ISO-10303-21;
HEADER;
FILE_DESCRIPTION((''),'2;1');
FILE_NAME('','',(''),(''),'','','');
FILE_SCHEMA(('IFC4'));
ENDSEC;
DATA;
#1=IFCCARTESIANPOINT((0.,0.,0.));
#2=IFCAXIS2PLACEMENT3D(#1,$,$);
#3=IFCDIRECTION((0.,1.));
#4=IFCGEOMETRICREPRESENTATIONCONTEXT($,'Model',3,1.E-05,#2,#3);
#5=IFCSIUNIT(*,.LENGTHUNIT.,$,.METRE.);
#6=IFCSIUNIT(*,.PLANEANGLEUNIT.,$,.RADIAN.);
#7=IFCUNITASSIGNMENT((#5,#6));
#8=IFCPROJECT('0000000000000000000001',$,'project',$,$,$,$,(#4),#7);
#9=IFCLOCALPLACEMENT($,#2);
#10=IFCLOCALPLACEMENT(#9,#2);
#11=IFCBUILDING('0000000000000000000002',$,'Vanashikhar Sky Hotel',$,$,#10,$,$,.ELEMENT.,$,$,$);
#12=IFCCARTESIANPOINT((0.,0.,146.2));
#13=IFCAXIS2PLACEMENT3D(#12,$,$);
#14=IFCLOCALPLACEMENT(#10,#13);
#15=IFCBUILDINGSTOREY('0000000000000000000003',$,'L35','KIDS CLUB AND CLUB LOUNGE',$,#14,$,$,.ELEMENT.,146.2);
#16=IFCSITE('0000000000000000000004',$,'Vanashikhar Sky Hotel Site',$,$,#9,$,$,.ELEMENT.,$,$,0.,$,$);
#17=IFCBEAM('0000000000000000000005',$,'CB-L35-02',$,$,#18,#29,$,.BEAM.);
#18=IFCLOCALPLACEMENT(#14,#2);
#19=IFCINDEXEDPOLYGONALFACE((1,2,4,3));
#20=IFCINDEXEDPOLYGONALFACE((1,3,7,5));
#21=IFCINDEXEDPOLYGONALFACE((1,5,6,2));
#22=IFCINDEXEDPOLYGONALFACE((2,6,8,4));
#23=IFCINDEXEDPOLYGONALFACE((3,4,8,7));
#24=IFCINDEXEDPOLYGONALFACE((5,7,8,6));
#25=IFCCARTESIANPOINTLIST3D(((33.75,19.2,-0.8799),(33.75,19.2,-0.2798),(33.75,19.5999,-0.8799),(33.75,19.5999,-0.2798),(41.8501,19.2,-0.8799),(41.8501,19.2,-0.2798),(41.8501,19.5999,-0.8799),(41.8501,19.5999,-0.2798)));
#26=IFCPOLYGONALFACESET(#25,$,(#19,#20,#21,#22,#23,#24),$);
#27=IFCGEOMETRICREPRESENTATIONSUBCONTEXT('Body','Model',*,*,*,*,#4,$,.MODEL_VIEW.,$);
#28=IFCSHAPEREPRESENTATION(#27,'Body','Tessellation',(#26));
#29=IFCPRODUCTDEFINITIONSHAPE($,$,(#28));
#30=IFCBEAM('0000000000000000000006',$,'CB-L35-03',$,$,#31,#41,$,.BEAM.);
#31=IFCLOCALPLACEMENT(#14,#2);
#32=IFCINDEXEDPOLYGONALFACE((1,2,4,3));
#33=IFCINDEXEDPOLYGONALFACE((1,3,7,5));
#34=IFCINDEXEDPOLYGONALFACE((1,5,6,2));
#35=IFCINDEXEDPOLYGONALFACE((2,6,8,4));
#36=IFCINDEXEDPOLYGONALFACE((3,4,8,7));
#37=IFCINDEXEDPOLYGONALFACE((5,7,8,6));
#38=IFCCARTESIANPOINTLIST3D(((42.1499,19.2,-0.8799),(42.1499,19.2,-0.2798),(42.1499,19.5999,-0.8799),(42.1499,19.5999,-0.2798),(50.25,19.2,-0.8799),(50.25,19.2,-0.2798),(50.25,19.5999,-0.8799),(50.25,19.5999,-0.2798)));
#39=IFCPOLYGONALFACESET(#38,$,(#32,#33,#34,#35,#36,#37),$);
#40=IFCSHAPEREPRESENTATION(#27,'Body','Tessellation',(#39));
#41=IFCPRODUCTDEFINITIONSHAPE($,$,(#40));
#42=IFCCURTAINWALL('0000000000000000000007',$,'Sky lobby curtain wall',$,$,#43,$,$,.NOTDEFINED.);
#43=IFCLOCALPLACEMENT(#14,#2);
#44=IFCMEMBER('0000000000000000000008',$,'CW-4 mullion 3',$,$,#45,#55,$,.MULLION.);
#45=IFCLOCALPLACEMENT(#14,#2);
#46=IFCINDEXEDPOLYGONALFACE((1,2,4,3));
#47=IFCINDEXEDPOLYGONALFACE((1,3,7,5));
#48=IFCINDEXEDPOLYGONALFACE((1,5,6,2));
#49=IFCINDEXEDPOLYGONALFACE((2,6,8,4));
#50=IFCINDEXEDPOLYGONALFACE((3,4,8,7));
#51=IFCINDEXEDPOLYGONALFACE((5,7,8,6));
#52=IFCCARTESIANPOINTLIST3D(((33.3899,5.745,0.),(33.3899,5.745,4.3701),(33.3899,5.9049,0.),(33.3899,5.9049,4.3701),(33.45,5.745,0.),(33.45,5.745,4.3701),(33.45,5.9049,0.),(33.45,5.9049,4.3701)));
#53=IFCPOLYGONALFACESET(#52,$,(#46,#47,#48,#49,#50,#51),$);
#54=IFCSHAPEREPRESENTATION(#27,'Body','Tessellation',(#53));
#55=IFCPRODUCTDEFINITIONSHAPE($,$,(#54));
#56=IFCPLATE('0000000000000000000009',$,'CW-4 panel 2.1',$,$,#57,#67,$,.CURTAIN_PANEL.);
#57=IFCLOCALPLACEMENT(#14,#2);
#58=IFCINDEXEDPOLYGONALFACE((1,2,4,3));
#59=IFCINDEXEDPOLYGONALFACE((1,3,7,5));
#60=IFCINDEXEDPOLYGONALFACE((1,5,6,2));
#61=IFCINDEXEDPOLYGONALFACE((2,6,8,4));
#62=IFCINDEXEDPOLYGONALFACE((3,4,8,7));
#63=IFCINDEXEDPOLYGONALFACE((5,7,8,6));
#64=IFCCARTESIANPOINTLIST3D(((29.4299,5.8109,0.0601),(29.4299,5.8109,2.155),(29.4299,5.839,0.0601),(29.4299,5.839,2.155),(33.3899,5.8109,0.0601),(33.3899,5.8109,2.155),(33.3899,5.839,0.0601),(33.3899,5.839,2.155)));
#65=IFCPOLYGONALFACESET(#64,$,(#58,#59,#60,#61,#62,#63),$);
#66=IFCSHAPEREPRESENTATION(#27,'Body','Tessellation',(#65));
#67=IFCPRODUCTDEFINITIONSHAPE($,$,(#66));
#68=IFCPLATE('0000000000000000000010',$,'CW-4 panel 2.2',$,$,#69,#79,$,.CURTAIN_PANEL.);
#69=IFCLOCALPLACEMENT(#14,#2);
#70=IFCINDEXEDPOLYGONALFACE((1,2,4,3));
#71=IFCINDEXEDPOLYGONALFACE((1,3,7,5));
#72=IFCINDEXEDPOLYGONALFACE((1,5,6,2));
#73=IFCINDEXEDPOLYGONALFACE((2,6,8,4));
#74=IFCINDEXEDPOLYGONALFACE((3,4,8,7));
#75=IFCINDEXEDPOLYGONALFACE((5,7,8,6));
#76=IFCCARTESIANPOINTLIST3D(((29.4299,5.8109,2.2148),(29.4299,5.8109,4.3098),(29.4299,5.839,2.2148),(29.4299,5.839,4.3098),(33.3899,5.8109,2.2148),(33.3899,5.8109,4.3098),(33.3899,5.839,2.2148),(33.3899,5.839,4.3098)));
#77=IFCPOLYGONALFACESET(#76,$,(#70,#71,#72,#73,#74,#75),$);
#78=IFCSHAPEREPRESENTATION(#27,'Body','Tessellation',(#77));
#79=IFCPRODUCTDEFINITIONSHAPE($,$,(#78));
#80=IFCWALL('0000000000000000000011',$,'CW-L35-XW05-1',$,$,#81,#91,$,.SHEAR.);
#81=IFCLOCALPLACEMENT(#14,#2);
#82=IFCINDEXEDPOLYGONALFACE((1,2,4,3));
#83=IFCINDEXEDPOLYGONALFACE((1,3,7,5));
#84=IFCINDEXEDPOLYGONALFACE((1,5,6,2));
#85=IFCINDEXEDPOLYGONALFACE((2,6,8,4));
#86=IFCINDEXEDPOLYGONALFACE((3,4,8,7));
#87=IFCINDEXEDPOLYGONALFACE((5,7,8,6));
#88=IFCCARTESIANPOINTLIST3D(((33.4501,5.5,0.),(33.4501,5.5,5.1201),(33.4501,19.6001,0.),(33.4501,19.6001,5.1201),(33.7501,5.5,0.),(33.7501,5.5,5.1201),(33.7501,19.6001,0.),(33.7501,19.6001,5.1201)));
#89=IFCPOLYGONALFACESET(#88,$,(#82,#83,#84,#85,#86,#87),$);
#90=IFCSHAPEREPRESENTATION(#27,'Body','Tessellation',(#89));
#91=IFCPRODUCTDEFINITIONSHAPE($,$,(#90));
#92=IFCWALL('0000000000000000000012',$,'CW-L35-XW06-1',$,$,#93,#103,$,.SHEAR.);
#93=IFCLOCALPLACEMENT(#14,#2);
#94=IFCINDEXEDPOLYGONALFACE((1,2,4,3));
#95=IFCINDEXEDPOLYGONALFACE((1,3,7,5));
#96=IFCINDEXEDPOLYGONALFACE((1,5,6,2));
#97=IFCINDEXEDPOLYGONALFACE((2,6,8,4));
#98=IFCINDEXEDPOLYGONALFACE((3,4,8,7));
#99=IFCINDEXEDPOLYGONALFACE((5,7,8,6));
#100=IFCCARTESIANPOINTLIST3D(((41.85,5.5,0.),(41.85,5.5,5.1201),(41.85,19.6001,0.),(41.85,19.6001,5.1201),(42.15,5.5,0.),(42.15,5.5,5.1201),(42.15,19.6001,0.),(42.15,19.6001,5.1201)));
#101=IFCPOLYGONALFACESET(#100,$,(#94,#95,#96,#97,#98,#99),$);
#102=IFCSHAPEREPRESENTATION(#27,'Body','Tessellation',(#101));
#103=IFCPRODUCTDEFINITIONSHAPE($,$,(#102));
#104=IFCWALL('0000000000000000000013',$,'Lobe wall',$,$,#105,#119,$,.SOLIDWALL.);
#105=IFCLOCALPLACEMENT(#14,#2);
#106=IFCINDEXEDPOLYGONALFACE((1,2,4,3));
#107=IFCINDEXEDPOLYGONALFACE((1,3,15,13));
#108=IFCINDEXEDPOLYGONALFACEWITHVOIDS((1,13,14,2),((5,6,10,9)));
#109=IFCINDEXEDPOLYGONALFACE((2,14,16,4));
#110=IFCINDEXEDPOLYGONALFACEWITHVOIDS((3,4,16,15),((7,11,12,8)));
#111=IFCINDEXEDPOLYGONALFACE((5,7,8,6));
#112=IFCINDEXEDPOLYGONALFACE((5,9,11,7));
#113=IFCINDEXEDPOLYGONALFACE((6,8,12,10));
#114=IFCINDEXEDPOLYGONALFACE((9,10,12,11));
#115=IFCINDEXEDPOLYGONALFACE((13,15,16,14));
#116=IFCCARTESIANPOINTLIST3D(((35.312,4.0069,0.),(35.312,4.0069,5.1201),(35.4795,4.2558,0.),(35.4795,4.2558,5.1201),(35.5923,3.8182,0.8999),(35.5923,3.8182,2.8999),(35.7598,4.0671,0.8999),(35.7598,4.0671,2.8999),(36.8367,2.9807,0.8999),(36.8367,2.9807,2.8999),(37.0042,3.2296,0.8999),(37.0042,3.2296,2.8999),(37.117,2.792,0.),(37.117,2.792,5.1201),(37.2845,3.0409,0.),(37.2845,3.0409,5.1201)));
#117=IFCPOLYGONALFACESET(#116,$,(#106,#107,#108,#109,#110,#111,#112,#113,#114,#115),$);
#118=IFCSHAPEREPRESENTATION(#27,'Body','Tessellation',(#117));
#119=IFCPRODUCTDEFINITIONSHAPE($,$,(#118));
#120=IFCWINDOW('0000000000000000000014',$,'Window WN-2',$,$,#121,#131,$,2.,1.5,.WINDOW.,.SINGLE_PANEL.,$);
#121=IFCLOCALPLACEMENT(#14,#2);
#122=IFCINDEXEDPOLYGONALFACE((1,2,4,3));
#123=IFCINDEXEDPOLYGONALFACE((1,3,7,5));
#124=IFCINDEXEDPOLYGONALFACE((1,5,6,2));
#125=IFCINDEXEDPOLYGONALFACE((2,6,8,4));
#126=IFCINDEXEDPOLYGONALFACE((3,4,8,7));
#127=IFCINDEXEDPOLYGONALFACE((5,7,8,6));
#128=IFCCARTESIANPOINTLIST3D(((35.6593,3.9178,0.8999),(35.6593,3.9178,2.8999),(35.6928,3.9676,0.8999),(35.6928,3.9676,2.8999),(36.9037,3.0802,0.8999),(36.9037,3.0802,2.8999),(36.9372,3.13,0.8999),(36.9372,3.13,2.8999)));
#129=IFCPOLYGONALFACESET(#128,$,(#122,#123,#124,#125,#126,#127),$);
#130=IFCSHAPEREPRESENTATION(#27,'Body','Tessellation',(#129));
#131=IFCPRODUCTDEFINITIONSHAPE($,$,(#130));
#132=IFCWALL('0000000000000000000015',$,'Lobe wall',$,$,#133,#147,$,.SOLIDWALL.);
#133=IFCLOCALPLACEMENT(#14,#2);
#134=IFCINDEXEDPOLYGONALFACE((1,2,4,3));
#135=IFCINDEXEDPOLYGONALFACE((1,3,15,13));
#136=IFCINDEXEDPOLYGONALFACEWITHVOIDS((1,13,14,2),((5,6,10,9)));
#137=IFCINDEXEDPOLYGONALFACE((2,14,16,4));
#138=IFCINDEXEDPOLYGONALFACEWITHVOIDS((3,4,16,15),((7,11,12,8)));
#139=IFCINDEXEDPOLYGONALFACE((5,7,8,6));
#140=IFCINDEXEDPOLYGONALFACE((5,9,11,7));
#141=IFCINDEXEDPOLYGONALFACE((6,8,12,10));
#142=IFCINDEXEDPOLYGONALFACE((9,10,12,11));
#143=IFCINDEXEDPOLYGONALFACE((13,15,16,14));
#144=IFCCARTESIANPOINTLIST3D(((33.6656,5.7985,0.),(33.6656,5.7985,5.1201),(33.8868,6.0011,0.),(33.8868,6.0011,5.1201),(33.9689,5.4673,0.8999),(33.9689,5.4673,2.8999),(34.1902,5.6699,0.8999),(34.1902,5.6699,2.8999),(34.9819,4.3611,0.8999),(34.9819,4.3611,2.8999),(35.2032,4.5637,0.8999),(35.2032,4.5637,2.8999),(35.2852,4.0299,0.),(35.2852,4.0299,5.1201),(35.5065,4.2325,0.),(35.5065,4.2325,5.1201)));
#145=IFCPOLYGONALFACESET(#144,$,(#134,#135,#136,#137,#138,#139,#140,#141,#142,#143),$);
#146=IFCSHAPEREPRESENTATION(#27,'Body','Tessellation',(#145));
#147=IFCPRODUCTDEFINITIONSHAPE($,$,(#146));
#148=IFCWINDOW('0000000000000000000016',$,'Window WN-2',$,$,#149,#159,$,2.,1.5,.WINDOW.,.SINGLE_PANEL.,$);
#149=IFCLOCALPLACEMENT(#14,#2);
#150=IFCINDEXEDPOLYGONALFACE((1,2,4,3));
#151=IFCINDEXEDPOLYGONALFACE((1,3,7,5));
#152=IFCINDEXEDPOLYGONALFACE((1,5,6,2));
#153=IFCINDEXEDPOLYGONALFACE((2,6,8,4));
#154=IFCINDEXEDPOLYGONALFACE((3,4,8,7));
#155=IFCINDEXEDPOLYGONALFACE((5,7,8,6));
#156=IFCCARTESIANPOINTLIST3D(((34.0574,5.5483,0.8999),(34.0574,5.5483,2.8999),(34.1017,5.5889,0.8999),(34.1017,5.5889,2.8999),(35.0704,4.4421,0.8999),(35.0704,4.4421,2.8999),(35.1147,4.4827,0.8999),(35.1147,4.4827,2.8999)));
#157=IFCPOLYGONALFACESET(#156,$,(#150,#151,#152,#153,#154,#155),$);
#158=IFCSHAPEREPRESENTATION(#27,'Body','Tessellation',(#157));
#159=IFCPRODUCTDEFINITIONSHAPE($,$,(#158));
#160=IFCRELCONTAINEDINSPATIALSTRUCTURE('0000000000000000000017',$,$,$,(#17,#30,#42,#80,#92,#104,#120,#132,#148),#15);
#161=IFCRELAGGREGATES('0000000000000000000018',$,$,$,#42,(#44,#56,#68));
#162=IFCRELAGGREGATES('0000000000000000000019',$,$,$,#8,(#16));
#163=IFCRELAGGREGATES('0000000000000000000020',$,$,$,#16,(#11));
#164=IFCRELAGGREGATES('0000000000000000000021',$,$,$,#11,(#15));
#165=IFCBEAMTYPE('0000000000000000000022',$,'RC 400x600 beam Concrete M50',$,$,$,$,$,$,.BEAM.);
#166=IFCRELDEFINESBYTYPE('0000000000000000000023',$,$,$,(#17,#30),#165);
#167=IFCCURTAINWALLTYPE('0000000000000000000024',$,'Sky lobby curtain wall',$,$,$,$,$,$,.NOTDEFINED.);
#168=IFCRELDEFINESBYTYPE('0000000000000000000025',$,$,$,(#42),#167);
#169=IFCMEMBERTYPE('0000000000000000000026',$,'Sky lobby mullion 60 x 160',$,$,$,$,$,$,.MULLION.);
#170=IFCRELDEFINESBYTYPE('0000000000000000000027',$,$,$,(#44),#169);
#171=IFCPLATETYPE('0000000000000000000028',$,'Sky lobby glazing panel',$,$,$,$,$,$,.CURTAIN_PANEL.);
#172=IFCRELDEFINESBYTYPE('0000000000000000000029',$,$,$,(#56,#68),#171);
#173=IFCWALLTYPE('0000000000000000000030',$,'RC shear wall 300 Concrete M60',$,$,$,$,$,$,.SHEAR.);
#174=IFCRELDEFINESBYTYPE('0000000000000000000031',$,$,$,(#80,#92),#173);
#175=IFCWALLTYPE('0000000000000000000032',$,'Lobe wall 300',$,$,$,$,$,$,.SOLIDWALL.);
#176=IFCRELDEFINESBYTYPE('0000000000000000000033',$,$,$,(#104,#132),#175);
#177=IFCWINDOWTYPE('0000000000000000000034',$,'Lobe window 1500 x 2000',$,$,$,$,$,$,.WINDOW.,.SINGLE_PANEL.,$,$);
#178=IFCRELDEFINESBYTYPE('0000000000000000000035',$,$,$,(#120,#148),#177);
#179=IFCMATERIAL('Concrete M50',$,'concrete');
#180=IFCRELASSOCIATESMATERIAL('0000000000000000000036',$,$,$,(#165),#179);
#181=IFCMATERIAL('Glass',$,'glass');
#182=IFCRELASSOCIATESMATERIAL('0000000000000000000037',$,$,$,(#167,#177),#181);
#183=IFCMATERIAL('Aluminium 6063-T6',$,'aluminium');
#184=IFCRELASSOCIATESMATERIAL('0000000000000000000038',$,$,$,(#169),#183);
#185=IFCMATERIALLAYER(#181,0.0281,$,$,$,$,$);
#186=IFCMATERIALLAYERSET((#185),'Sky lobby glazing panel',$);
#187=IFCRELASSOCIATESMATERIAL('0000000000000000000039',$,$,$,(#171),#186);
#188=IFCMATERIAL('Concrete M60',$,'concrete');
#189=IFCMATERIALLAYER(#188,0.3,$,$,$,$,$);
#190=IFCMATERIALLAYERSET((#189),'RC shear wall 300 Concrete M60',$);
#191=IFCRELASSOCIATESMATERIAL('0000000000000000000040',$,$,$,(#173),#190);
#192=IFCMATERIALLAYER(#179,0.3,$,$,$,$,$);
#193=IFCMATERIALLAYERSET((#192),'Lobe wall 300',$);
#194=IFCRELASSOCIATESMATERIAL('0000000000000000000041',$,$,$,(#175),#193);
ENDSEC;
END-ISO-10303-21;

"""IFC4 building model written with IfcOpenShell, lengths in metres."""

from ifc_helpers import new_model, si_unit, direction, frame, frame_2d, origin, origin_2d, place, context, subcontext, project, spatial, rectangle, extrude, source, transform, mapped, material, layer, layer_set, material_profile, profile_set, type_object, element, fill, aggregate, save


model = new_model("IFC4")

# Units and contexts
model_context = context("Model", 3, precision=1e-05, world=origin(), true_north=direction((0.0, 1.0)))
body_context = subcontext(model_context, "Body", "Model", "MODEL_VIEW")
ifc_project = project(units=[si_unit("LENGTHUNIT", "METRE"), si_unit("PLANEANGLEUNIT", "RADIAN")], contexts=[model_context])

# Site, building, storey
site_placement = place(None, origin())
site = spatial("IfcSite", under=ifc_project, at=site_placement, Name="Vanashikhar Sky Hotel Site", CompositionType="ELEMENT", RefElevation=0.0)
building_placement = place(site_placement, origin())
building = spatial("IfcBuilding", under=site, at=building_placement, Name="Vanashikhar Sky Hotel", CompositionType="ELEMENT")
storey_placement = place(building_placement, frame((0.0, 0.0, 146.2)))
storey = spatial("IfcBuildingStorey", under=building, at=storey_placement, Name="L35", Description="KIDS CLUB AND CLUB LOUNGE", CompositionType="ELEMENT", Elevation=146.2)

# Beams
ifc_material_1 = material(Name="Concrete M50", Category="concrete")
ifc_material_profile_1 = material_profile(ifc_material_1, rectangle(XDim=0.3999, YDim=0.6001, at=origin_2d()))
ifc_profile_set_1 = profile_set([ifc_material_profile_1], Name="RC 400x600 beam Concrete M50")
beam_type = type_object("IfcBeamType", Name="RC 400x600 beam Concrete M50", PredefinedType="BEAM", material=ifc_profile_set_1)
shared_shape_1 = source(origin(), body_context, "Body", "SweptSolid", [
    extrude(rectangle(XDim=0.3999, YDim=0.6001, at=origin_2d()), origin(), (0.0, 0.0, 1.0), 8.1001),
])
for number, where, z_axis, x_axis, name in (
    (1, (33.75, 19.3999, -0.5798), (1.0, 0.0, 0.0), (0.0, 1.0, 0.0), "CB-L35-02"),
    (2, (42.1499, 19.3999, -0.5798), (1.0, 0.0, 0.0), (0.0, 1.0, 0.0), "CB-L35-03"),
):
    element("IfcBeam", number, at=place(storey_placement, frame(where, z_axis=z_axis, x_axis=x_axis)), inside=storey, type_object=beam_type, Name=name, PredefinedType="BEAM", context=body_context, shape_type="MappedRepresentation", body=[
        mapped(shared_shape_1, transform((0.0, 0.0, 0.0), scale=1.0)),
    ])

# Curtain wall, member, plates
ifc_material_2 = material(Name="Glass", Category="glass")
curtain_wall_type = type_object("IfcCurtainWallType", Name="Sky lobby curtain wall", PredefinedType="NOTDEFINED", material=ifc_material_2)
curtain_wall_placement = place(storey_placement, origin())
curtain_wall = element("IfcCurtainWall", 3, at=curtain_wall_placement, inside=storey, type_object=curtain_wall_type, Name="Sky lobby curtain wall", PredefinedType="NOTDEFINED")
ifc_material_3 = material(Name="Aluminium 6063-T6", Category="aluminium")
ifc_material_profile_2 = material_profile(ifc_material_3, rectangle(XDim=0.1599, YDim=0.0601, at=origin_2d()))
ifc_profile_set_2 = profile_set([ifc_material_profile_2], Name="Aluminium 6063-T6")
member_type = type_object("IfcMemberType", Name="Sky lobby mullion 60 x 160", PredefinedType="MULLION", material=ifc_profile_set_2)
shared_shape_2 = source(origin(), body_context, "Body", "SweptSolid", [
    extrude(rectangle(XDim=0.1599, YDim=0.0601, at=origin_2d()), origin(), (0.0, 0.0, 1.0), 4.3701),
])
member_placement = place(storey_placement, frame((33.4199, 5.825, 0.0), z_axis=(0.0, 0.0, 1.0), x_axis=(0.0, 1.0, 0.0)))
member = element("IfcMember", 4, at=member_placement, type_object=member_type, Name="CW-4 mullion 3", PredefinedType="MULLION", context=body_context, shape_type="MappedRepresentation", body=[
    mapped(shared_shape_2, transform((0.0, 0.0, 0.0), scale=1.0)),
])
ifc_layer_1 = layer(ifc_material_2, 0.0281)
ifc_layer_set_1 = layer_set([ifc_layer_1], Name="Sky lobby glazing panel")
plate_type = type_object("IfcPlateType", Name="Sky lobby glazing panel", PredefinedType="CURTAIN_PANEL", material=ifc_layer_set_1)
shared_shape_3 = source(origin(), body_context, "Body", "SweptSolid", [
    extrude(rectangle(XDim=3.96, YDim=0.0281, at=origin_2d()), origin(), (0.0, 0.0, 1.0), 2.095),
])
plate_1_placement = place(storey_placement, frame((31.4099, 5.825, 0.0601), z_axis=(0.0, 0.0, 1.0), x_axis=(1.0, 0.0, 0.0)))
plate_1 = element("IfcPlate", 5, at=plate_1_placement, type_object=plate_type, Name="CW-4 panel 2.1", PredefinedType="CURTAIN_PANEL", context=body_context, shape_type="MappedRepresentation", body=[
    mapped(shared_shape_3, transform((0.0, 0.0, 0.0), scale=1.0)),
])
plate_2_placement = place(storey_placement, frame((31.4099, 5.825, 2.2148), z_axis=(0.0, 0.0, 1.0), x_axis=(1.0, 0.0, 0.0)))
plate_2 = element("IfcPlate", 6, at=plate_2_placement, type_object=plate_type, Name="CW-4 panel 2.2", PredefinedType="CURTAIN_PANEL", context=body_context, shape_type="MappedRepresentation", body=[
    mapped(shared_shape_3, transform((0.0, 0.0, 0.0), scale=1.0)),
])
aggregate(curtain_wall, [member, plate_1, plate_2])

# Walls
ifc_material_4 = material(Name="Concrete M60", Category="concrete")
ifc_layer_2 = layer(ifc_material_4, 0.3)
ifc_layer_set_2 = layer_set([ifc_layer_2], Name="RC shear wall 300 Concrete M60")
wall_type_1 = type_object("IfcWallType", Name="RC shear wall 300 Concrete M60", PredefinedType="SHEAR", material=ifc_layer_set_2)
shared_shape_4 = source(origin(), body_context, "Body", "SweptSolid", [
    extrude(rectangle(XDim=14.1001, YDim=0.3, at=frame_2d((7.05, 0.0))), origin(), (0.0, 0.0, 1.0), 5.1201),
])
for number, where, z_axis, x_axis, name in (
    (7, (33.6001, 5.5, 0.0), (0.0, 0.0, 1.0), (0.0, 1.0, 0.0), "CW-L35-XW05-1"),
    (8, (42.0, 5.5, 0.0), (0.0, 0.0, 1.0), (0.0, 1.0, 0.0), "CW-L35-XW06-1"),
):
    element("IfcWall", number, at=place(storey_placement, frame(where, z_axis=z_axis, x_axis=x_axis)), inside=storey, type_object=wall_type_1, Name=name, PredefinedType="SHEAR", context=body_context, shape_type="MappedRepresentation", body=[
        mapped(shared_shape_4, transform((0.0, 0.0, 0.0), scale=1.0)),
    ])

# Walls, openings, windows
ifc_layer_3 = layer(ifc_material_1, 0.3)
ifc_layer_set_3 = layer_set([ifc_layer_3], Name="Lobe wall 300")
wall_type_2 = type_object("IfcWallType", Name="Lobe wall 300", PredefinedType="SOLIDWALL", material=ifc_layer_set_3)
shared_shape_5 = source(origin(), body_context, "Body", "SweptSolid", [
    extrude(rectangle(XDim=2.1758, YDim=0.3, at=frame_2d((1.0879, 0.0))), origin(), (0.0, 0.0, 1.0), 5.1201),
])
wall_1_placement = place(storey_placement, frame((35.3958, 4.1313, 0.0), z_axis=(0.0, 0.0, 1.0), x_axis=(0.829591, -0.558372, 0.0)))
wall_1 = element("IfcWall", 9, at=wall_1_placement, inside=storey, type_object=wall_type_2, Name="Lobe wall", PredefinedType="SOLIDWALL", context=body_context, shape_type="MappedRepresentation", body=[
    mapped(shared_shape_5, transform((0.0, 0.0, 0.0), scale=1.0)),
])
shared_shape_6 = source(origin(), body_context, "Body", "SweptSolid", [
    extrude(rectangle(XDim=1.5, YDim=2.0, at=frame_2d((0.75, 1.0))), frame((0.0, 0.1602, 0.0), z_axis=(0.0, -1.0, 0.0), x_axis=(1.0, 0.0, 0.0)), (0.0, 0.0, 1.0), 0.3201),
])
opening_1_placement = place(wall_1_placement, frame((0.3379, 0.0, 0.8999)))
opening_1 = element("IfcOpeningElement", 10, at=opening_1_placement, cuts=wall_1, PredefinedType="OPENING", context=body_context, shape_type="MappedRepresentation", body=[
    mapped(shared_shape_6, transform((0.0, 0.0, 0.0), scale=1.0)),
])
window_type = type_object("IfcWindowType", Name="Lobe window 1500 x 2000", PartitioningType="SINGLE_PANEL", PredefinedType="WINDOW", material=ifc_material_2)
shared_shape_7 = source(origin(), body_context, "Body", "SweptSolid", [
    extrude(rectangle(XDim=1.5, YDim=2.0, at=frame_2d((0.75, 1.0))), frame((0.0, 0.03, 0.0), z_axis=(0.0, -1.0, 0.0), x_axis=(1.0, 0.0, 0.0)), (0.0, 0.0, 1.0), 0.0601),
])
window_1_placement = place(opening_1_placement, origin())
window_1 = element("IfcWindow", 11, at=window_1_placement, inside=storey, type_object=window_type, Name="Window WN-2", OverallHeight=2.0, OverallWidth=1.5, PartitioningType="SINGLE_PANEL", PredefinedType="WINDOW", context=body_context, shape_type="MappedRepresentation", body=[
    mapped(shared_shape_7, transform((0.0, 0.0, 0.0), scale=1.0)),
])
fill(opening_1, window_1)
shared_shape_8 = source(origin(), body_context, "Body", "SweptSolid", [
    extrude(rectangle(XDim=2.3982, YDim=0.3, at=frame_2d((1.1992, 0.0))), origin(), (0.0, 0.0, 1.0), 5.1201),
])
wall_2_placement = place(storey_placement, frame((33.7761, 5.8999, 0.0), z_axis=(0.0, 0.0, 1.0), x_axis=(0.675374, -0.737475, 0.0)))
wall_2 = element("IfcWall", 12, at=wall_2_placement, inside=storey, type_object=wall_type_2, Name="Lobe wall", PredefinedType="SOLIDWALL", context=body_context, shape_type="MappedRepresentation", body=[
    mapped(shared_shape_8, transform((0.0, 0.0, 0.0), scale=1.0)),
])
opening_2_placement = place(wall_2_placement, frame((0.4492, 0.0, 0.8999)))
opening_2 = element("IfcOpeningElement", 13, at=opening_2_placement, cuts=wall_2, PredefinedType="OPENING", context=body_context, shape_type="MappedRepresentation", body=[
    mapped(shared_shape_6, transform((0.0, 0.0, 0.0), scale=1.0)),
])
window_2_placement = place(opening_2_placement, origin())
window_2 = element("IfcWindow", 14, at=window_2_placement, inside=storey, type_object=window_type, Name="Window WN-2", OverallHeight=2.0, OverallWidth=1.5, PartitioningType="SINGLE_PANEL", PredefinedType="WINDOW", context=body_context, shape_type="MappedRepresentation", body=[
    mapped(shared_shape_7, transform((0.0, 0.0, 0.0), scale=1.0)),
])
fill(opening_2, window_2)

save(model, "model.ifc")
